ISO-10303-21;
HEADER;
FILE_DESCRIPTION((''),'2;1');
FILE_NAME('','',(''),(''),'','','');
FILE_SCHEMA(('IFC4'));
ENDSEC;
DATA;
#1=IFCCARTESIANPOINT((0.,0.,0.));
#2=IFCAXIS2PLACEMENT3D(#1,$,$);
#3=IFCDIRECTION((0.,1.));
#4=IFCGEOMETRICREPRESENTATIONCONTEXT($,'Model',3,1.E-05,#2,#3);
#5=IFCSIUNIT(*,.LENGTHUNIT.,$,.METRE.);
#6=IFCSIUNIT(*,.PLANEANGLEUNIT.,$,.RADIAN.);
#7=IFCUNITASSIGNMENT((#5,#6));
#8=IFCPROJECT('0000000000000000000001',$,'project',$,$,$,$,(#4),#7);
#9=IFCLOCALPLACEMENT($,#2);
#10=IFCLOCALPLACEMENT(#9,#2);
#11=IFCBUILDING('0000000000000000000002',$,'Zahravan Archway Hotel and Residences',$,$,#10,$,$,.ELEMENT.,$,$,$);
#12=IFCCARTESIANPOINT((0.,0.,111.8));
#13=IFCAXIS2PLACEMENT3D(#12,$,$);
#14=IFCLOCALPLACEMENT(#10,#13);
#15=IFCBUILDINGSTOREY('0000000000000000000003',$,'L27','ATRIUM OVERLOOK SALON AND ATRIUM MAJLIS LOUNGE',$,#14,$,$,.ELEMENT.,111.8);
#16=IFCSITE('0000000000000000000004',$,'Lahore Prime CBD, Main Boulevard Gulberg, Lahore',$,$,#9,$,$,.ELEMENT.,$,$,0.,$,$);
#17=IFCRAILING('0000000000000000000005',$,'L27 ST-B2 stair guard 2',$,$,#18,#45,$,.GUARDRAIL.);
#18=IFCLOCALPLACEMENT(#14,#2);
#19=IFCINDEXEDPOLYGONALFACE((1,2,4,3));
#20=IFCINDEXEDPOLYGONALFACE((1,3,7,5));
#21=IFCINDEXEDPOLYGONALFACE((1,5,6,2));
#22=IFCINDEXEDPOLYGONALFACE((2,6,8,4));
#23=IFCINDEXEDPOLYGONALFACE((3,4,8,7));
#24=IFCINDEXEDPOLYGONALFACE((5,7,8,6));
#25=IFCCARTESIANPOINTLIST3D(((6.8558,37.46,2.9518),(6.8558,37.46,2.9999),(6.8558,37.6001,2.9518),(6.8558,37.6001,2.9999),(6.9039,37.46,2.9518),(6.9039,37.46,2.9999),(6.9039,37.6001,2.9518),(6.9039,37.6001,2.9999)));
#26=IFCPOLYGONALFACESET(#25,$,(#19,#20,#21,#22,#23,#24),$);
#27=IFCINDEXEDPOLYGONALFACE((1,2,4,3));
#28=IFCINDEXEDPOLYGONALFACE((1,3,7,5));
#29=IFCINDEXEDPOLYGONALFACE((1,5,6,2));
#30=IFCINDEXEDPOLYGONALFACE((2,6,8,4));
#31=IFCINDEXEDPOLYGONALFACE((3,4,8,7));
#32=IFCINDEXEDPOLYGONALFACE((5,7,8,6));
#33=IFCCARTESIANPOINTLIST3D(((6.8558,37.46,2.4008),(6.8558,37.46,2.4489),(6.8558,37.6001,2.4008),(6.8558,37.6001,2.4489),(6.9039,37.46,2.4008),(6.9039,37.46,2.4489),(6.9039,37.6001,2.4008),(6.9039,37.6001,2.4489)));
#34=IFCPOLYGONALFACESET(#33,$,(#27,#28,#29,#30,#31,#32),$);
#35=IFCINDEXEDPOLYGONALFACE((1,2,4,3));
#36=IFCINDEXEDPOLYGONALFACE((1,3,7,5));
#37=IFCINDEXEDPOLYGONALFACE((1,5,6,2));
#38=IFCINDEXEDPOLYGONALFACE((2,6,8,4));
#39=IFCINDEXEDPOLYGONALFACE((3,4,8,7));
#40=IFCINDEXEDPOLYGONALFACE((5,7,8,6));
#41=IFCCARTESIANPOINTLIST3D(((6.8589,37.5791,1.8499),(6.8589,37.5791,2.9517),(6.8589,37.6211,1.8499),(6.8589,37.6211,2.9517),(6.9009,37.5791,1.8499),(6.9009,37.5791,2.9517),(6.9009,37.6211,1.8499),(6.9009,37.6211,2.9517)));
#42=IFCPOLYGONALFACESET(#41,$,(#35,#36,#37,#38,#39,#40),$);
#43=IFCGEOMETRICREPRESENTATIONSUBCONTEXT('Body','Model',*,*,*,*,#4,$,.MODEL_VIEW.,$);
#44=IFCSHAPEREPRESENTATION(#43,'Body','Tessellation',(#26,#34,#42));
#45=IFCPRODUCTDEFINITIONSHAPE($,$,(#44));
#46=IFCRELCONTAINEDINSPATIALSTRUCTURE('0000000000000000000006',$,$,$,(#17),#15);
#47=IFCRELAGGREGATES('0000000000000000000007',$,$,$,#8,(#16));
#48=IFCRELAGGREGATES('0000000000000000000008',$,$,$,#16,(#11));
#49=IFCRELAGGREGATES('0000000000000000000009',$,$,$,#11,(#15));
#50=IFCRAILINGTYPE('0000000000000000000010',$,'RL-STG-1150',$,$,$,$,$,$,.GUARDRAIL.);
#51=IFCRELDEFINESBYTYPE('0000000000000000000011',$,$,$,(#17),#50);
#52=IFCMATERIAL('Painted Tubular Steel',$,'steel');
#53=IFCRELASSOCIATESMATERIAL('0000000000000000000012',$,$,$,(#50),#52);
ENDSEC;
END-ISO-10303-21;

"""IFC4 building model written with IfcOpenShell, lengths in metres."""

from ifc_helpers import new_model, si_unit, direction, frame, origin, origin_2d, place, context, subcontext, project, spatial, rectangle, extrude, material, type_object, element, save


model = new_model("IFC4")

# Units and contexts
model_context = context("Model", 3, precision=1e-05, world=origin(), true_north=direction((0.0, 1.0)))
body_context = subcontext(model_context, "Body", "Model", "MODEL_VIEW")
ifc_project = project(units=[si_unit("LENGTHUNIT", "METRE"), si_unit("PLANEANGLEUNIT", "RADIAN")], contexts=[model_context])

# Site, building, storey
site_placement = place(None, origin())
site = spatial("IfcSite", under=ifc_project, at=site_placement, Name="Lahore Prime CBD, Main Boulevard Gulberg, Lahore", CompositionType="ELEMENT", RefElevation=0.0)
building_placement = place(site_placement, origin())
building = spatial("IfcBuilding", under=site, at=building_placement, Name="Zahravan Archway Hotel and Residences", CompositionType="ELEMENT")
storey_placement = place(building_placement, frame((0.0, 0.0, 111.8)))
storey = spatial("IfcBuildingStorey", under=building, at=storey_placement, Name="L27", Description="ATRIUM OVERLOOK SALON AND ATRIUM MAJLIS LOUNGE", CompositionType="ELEMENT", Elevation=111.8)

# Railing
ifc_material_1 = material(Name="Painted Tubular Steel", Category="steel")
railing_type_1 = type_object("IfcRailingType", Name="RL-STG-1150", PredefinedType="GUARDRAIL", material=ifc_material_1)
railing_1_placement = place(storey_placement, frame((6.8799, 37.6001, 1.8499)))
element("IfcRailing", 1, at=railing_1_placement, inside=storey, type_object=railing_type_1, Name="L27 ST-B2 stair guard 2", PredefinedType="GUARDRAIL", context=body_context, shape_type="SweptSolid", body=[
    extrude(rectangle(XDim=0.0481, YDim=0.0481, at=origin_2d()), frame((0.0, 0.0, 1.126), z_axis=(0.0, -1.0, 0.0), x_axis=(1.0, 0.0, 0.0)), (0.0, 0.0, 1.0), 0.1401),
    extrude(rectangle(XDim=0.0481, YDim=0.0481, at=origin_2d()), frame((0.0, 0.0, 0.575), z_axis=(0.0, -1.0, 0.0), x_axis=(1.0, 0.0, 0.0)), (0.0, 0.0, 1.0), 0.1401),
    extrude(rectangle(XDim=0.042, YDim=0.042, at=origin_2d()), origin(), (0.0, 0.0, 1.0), 1.1018),
])

save(model, "model.ifc")
